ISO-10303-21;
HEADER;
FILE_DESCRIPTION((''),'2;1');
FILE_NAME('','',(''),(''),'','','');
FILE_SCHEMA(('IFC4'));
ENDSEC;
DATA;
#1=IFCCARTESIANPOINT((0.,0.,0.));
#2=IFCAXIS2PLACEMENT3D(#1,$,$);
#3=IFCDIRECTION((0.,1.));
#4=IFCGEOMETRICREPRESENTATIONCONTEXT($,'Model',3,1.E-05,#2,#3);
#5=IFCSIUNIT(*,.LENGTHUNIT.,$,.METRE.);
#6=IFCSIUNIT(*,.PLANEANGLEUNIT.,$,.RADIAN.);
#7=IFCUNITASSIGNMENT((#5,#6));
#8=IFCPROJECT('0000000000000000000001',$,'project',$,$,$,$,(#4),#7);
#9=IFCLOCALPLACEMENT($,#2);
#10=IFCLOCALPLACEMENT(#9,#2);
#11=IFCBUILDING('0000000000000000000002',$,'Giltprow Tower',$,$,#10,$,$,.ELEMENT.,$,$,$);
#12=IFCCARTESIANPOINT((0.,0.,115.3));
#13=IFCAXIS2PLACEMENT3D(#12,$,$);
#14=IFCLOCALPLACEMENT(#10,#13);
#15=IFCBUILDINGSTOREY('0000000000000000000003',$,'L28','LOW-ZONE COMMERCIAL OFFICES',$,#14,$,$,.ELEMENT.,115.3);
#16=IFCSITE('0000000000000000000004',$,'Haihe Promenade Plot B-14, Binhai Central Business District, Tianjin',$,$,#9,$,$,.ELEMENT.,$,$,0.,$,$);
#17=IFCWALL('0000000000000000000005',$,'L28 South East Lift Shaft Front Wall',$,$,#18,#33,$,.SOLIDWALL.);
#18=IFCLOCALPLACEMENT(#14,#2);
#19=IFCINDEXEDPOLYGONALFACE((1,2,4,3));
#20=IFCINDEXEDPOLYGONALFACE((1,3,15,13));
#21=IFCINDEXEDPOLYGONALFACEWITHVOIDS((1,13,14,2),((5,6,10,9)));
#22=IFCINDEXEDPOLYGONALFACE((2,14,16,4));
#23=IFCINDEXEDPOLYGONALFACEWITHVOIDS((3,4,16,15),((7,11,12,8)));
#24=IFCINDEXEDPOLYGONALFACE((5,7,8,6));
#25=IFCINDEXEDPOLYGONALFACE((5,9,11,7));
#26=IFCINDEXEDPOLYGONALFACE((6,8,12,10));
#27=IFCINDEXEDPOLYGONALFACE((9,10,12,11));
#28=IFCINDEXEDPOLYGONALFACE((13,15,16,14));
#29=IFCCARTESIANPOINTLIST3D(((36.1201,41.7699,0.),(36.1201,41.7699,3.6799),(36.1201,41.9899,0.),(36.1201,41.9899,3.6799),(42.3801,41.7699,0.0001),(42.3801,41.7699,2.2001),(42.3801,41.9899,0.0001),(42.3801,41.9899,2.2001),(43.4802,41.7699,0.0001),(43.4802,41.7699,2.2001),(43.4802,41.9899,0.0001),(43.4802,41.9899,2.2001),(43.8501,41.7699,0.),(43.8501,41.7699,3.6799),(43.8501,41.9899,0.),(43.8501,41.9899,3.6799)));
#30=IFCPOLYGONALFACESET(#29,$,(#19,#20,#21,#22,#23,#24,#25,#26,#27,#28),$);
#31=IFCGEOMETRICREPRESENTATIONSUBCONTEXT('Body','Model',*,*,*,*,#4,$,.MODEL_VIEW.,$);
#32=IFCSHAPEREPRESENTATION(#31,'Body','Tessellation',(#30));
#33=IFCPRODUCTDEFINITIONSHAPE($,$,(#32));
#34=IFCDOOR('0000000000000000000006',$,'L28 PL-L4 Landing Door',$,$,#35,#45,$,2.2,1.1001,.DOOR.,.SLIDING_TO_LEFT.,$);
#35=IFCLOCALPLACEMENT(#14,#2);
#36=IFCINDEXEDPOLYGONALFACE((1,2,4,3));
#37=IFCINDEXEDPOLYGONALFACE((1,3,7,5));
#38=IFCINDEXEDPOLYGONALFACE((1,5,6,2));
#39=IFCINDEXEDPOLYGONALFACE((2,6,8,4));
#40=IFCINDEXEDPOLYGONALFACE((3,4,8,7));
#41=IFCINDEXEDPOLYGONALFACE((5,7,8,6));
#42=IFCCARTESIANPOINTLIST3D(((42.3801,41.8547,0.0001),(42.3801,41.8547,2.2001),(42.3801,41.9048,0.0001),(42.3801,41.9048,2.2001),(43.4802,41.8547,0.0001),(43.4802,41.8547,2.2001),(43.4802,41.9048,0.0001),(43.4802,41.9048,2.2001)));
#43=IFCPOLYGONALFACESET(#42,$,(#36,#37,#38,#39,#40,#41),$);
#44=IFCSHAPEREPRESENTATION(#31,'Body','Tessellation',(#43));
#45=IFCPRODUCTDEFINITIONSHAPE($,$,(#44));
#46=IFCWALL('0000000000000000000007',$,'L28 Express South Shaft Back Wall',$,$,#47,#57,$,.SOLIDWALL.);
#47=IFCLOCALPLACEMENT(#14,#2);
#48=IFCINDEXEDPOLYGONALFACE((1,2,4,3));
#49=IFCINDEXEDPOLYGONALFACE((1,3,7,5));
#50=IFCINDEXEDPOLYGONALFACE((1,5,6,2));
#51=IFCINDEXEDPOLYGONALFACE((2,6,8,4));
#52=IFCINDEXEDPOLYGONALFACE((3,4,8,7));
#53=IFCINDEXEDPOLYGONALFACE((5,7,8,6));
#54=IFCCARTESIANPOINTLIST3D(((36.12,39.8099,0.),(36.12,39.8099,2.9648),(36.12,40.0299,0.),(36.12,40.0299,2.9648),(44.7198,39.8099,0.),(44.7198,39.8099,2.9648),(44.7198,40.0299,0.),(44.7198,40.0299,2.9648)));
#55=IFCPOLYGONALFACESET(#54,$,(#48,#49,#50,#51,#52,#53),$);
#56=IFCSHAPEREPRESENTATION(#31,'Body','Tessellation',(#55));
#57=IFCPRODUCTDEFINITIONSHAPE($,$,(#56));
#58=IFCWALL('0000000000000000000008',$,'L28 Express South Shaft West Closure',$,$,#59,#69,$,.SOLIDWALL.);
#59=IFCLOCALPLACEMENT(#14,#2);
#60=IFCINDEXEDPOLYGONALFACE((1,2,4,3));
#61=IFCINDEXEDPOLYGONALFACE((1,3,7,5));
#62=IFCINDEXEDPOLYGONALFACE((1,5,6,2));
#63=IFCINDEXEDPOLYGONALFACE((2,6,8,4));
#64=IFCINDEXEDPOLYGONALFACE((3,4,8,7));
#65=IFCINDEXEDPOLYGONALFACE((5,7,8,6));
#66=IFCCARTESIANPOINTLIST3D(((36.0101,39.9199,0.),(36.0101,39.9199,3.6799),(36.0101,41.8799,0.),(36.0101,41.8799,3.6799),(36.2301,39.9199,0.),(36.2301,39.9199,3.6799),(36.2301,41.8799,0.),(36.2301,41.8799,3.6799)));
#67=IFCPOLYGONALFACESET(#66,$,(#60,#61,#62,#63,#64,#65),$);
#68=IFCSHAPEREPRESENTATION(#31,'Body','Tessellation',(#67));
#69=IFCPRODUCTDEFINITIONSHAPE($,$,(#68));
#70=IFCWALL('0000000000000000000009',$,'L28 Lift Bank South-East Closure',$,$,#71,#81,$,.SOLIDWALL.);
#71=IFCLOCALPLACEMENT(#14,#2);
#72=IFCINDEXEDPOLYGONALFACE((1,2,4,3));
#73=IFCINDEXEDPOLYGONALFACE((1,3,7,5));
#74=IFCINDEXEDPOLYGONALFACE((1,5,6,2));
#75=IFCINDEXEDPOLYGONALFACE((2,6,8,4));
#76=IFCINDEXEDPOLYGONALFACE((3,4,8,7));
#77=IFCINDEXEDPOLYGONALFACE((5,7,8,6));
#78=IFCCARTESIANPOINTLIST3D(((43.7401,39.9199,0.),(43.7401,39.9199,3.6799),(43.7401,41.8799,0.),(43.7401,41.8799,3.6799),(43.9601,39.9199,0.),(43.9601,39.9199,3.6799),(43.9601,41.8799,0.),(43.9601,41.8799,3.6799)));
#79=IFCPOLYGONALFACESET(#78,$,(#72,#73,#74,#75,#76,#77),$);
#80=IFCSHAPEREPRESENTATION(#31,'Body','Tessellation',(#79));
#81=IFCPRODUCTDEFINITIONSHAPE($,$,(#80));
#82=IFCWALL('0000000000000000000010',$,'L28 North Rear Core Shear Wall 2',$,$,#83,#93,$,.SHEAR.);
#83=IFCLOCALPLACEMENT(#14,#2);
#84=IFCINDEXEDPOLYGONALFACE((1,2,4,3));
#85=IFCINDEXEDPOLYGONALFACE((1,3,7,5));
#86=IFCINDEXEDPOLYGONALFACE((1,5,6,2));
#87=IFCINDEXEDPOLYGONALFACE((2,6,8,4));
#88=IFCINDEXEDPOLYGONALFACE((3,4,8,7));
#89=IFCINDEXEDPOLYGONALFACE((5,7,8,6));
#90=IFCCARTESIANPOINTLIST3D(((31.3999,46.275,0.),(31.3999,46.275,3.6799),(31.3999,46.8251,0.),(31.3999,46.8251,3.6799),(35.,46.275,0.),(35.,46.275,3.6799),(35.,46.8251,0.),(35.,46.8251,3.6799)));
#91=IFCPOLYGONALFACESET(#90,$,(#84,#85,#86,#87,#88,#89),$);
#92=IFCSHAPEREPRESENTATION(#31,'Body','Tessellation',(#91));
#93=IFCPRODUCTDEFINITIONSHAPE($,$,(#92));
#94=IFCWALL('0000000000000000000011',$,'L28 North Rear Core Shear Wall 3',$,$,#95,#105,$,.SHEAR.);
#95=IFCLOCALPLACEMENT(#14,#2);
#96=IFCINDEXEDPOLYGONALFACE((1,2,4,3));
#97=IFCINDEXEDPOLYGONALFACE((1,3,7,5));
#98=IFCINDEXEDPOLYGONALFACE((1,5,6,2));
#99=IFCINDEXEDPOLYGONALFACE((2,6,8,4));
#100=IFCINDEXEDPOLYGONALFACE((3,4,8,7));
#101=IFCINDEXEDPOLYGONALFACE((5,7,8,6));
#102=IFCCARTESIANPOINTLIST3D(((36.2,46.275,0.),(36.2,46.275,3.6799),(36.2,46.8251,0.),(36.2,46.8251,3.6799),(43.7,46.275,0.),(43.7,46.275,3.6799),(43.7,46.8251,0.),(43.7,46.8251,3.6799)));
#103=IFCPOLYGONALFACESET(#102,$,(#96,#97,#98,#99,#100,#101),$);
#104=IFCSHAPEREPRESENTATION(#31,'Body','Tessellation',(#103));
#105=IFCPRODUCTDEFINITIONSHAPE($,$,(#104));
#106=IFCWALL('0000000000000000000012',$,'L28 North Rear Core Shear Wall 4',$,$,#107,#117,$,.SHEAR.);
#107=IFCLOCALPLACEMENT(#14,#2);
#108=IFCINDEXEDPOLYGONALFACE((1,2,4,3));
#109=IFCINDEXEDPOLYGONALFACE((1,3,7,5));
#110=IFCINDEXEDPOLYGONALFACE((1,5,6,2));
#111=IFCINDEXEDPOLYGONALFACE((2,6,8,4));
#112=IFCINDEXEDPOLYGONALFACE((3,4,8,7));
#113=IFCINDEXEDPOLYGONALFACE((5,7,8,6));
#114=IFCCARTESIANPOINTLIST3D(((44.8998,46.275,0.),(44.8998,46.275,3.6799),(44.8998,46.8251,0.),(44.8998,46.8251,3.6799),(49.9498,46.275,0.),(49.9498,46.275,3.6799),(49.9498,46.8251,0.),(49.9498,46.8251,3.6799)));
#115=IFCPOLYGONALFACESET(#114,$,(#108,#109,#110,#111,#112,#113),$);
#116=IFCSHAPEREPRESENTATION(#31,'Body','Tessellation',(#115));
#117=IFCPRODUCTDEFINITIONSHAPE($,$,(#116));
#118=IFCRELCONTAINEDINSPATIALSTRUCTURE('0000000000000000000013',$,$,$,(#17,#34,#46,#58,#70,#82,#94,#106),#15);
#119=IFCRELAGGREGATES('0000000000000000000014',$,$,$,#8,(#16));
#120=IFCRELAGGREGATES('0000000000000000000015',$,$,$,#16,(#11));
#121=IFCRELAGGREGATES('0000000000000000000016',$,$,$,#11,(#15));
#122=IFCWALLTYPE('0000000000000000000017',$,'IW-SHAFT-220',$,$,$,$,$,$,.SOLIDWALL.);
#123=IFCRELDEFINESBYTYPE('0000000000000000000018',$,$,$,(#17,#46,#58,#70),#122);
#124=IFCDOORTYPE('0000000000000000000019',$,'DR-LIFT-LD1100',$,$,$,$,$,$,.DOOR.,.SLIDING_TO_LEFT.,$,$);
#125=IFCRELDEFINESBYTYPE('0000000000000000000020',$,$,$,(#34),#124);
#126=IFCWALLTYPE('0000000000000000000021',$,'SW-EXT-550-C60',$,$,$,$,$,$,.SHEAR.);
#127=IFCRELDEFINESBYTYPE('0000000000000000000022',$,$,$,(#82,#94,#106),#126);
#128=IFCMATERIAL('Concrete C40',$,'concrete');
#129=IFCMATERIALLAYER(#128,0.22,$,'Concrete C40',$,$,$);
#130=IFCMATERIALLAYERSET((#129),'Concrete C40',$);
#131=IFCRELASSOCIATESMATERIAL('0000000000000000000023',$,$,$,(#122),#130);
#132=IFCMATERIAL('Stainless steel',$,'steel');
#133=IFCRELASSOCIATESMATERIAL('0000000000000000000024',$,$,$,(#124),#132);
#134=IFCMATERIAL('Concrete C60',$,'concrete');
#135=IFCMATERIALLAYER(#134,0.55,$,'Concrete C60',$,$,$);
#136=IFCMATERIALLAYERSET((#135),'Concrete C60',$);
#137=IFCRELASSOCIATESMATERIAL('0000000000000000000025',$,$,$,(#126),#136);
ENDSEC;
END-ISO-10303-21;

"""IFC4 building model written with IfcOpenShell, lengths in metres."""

from ifc_helpers import new_model, si_unit, direction, frame, frame_2d, origin, place, context, subcontext, project, spatial, rectangle, extrude, source, transform, mapped, material, layer, layer_set, type_object, element, fill, save


model = new_model("IFC4")

# Units and contexts
model_context = context("Model", 3, precision=1e-05, world=origin(), true_north=direction((0.0, 1.0)))
body_context = subcontext(model_context, "Body", "Model", "MODEL_VIEW")
ifc_project = project(units=[si_unit("LENGTHUNIT", "METRE"), si_unit("PLANEANGLEUNIT", "RADIAN")], contexts=[model_context])

# Site, building, storey
site_placement = place(None, origin())
site = spatial("IfcSite", under=ifc_project, at=site_placement, Name="Haihe Promenade Plot B-14, Binhai Central Business District, Tianjin", CompositionType="ELEMENT", RefElevation=0.0)
building_placement = place(site_placement, origin())
building = spatial("IfcBuilding", under=site, at=building_placement, Name="Giltprow Tower", CompositionType="ELEMENT")
storey_placement = place(building_placement, frame((0.0, 0.0, 115.3)))
storey = spatial("IfcBuildingStorey", under=building, at=storey_placement, Name="L28", Description="LOW-ZONE COMMERCIAL OFFICES", CompositionType="ELEMENT", Elevation=115.3)

# Shared definitions
ifc_material_1 = material(Name="Concrete C60", Category="concrete")

# Shared definitions
ifc_material_2 = material(Name="Concrete C40", Category="concrete")
ifc_layer_1 = layer(ifc_material_2, 0.22, Name="Concrete C40")
ifc_layer_set_1 = layer_set([ifc_layer_1], Name="Concrete C40")
wall_type_1 = type_object("IfcWallType", Name="IW-SHAFT-220", PredefinedType="SOLIDWALL", material=ifc_layer_set_1)
ifc_material_3 = material(Name="Stainless steel", Category="steel")
door_type = type_object("IfcDoorType", Name="DR-LIFT-LD1100", OperationType="SLIDING_TO_LEFT", PredefinedType="DOOR", material=ifc_material_3)
shared_shape_1 = source(origin(), body_context, "Body", "SweptSolid", [
    extrude(rectangle(XDim=1.1001, YDim=2.2, at=frame_2d((0.55, 1.1001))), frame((0.0, 0.0249, 0.0), z_axis=(0.0, -1.0, 0.0), x_axis=(1.0, 0.0, 0.0)), (0.0, 0.0, 1.0), 0.05),
])

# Wall, opening, door
wall_1_placement = place(storey_placement, frame((36.1201, 41.8799, 0.0), z_axis=(0.0, 0.0, 1.0), x_axis=(1.0, 0.0, 0.0)))
wall_1 = element("IfcWall", 1, at=wall_1_placement, inside=storey, type_object=wall_type_1, Name="L28 South East Lift Shaft Front Wall", PredefinedType="SOLIDWALL", context=body_context, shape_type="SweptSolid", body=[
    extrude(rectangle(XDim=7.73, YDim=0.22, at=frame_2d((3.865, 0.0))), origin(), (0.0, 0.0, 1.0), 3.6799),
])
opening_1_placement = place(wall_1_placement, frame((6.26, 0.0, 0.0)))
opening_1 = element("IfcOpeningElement", 2, at=opening_1_placement, cuts=wall_1, PredefinedType="OPENING", context=body_context, shape_type="SweptSolid", body=[
    extrude(rectangle(XDim=1.1001, YDim=2.2, at=frame_2d((0.55, 1.1001))), frame((0.0, 0.1199, 0.0), z_axis=(0.0, -1.0, 0.0), x_axis=(1.0, 0.0, 0.0)), (0.0, 0.0, 1.0), 0.24),
])
door_1_placement = place(opening_1_placement, origin())
door_1 = element("IfcDoor", 3, at=door_1_placement, inside=storey, type_object=door_type, Name="L28 PL-L4 Landing Door", OperationType="SLIDING_TO_LEFT", OverallHeight=2.2, OverallWidth=1.1001, PredefinedType="DOOR", context=body_context, shape_type="MappedRepresentation", body=[
    mapped(shared_shape_1, transform((0.0, 0.0, 0.0), x_axis=(1.0, 0.0, 0.0), y_axis=(0.0, 1.0, 0.0), z_axis=(0.0, 0.0, 1.0), scale=1.0)),
])
fill(opening_1, door_1)

# Walls
wall_2_placement = place(storey_placement, frame((36.1201, 39.9199, 0.0), z_axis=(0.0, 0.0, 1.0), x_axis=(1.0, 0.0, 0.0)))
element("IfcWall", 4, at=wall_2_placement, inside=storey, type_object=wall_type_1, Name="L28 Express South Shaft Back Wall", PredefinedType="SOLIDWALL", context=body_context, shape_type="SweptSolid", body=[
    extrude(rectangle(XDim=8.5999, YDim=0.22, at=frame_2d((4.2998, 0.0))), origin(), (0.0, 0.0, 1.0), 2.9648),
])
for number, where, z_axis, x_axis, name in (
    (5, (36.1201, 39.9199, 0.0), (0.0, 0.0, 1.0), (0.0, 1.0, 0.0), "L28 Express South Shaft West Closure"),
    (6, (43.8501, 39.9199, 0.0), (0.0, 0.0, 1.0), (0.0, 1.0, 0.0), "L28 Lift Bank South-East Closure"),
):
    element("IfcWall", number, at=place(storey_placement, frame(where, z_axis=z_axis, x_axis=x_axis)), inside=storey, type_object=wall_type_1, Name=name, PredefinedType="SOLIDWALL", context=body_context, shape_type="SweptSolid", body=[
        extrude(rectangle(XDim=1.96, YDim=0.22, at=frame_2d((0.98, 0.0))), origin(), (0.0, 0.0, 1.0), 3.6799),
    ])
ifc_layer_2 = layer(ifc_material_1, 0.55, Name="Concrete C60")
ifc_layer_set_2 = layer_set([ifc_layer_2], Name="Concrete C60")
wall_type_2 = type_object("IfcWallType", Name="SW-EXT-550-C60", PredefinedType="SHEAR", material=ifc_layer_set_2)
wall_3_placement = place(storey_placement, frame((31.3999, 46.55, 0.0), z_axis=(0.0, 0.0, 1.0), x_axis=(1.0, 0.0, 0.0)))
element("IfcWall", 7, at=wall_3_placement, inside=storey, type_object=wall_type_2, Name="L28 North Rear Core Shear Wall 2", PredefinedType="SHEAR", context=body_context, shape_type="SweptSolid", body=[
    extrude(rectangle(XDim=3.6001, YDim=0.55, at=frame_2d((1.8, 0.0))), origin(), (0.0, 0.0, 1.0), 3.6799),
])
wall_4_placement = place(storey_placement, frame((36.2, 46.55, 0.0), z_axis=(0.0, 0.0, 1.0), x_axis=(1.0, 0.0, 0.0)))
element("IfcWall", 8, at=wall_4_placement, inside=storey, type_object=wall_type_2, Name="L28 North Rear Core Shear Wall 3", PredefinedType="SHEAR", context=body_context, shape_type="SweptSolid", body=[
    extrude(rectangle(XDim=7.5, YDim=0.55, at=frame_2d((3.75, 0.0))), origin(), (0.0, 0.0, 1.0), 3.6799),
])
wall_5_placement = place(storey_placement, frame((44.8999, 46.55, 0.0), z_axis=(0.0, 0.0, 1.0), x_axis=(1.0, 0.0, 0.0)))
element("IfcWall", 9, at=wall_5_placement, inside=storey, type_object=wall_type_2, Name="L28 North Rear Core Shear Wall 4", PredefinedType="SHEAR", context=body_context, shape_type="SweptSolid", body=[
    extrude(rectangle(XDim=5.05, YDim=0.55, at=frame_2d((2.5249, 0.0))), origin(), (0.0, 0.0, 1.0), 3.6799),
])

save(model, "model.ifc")
